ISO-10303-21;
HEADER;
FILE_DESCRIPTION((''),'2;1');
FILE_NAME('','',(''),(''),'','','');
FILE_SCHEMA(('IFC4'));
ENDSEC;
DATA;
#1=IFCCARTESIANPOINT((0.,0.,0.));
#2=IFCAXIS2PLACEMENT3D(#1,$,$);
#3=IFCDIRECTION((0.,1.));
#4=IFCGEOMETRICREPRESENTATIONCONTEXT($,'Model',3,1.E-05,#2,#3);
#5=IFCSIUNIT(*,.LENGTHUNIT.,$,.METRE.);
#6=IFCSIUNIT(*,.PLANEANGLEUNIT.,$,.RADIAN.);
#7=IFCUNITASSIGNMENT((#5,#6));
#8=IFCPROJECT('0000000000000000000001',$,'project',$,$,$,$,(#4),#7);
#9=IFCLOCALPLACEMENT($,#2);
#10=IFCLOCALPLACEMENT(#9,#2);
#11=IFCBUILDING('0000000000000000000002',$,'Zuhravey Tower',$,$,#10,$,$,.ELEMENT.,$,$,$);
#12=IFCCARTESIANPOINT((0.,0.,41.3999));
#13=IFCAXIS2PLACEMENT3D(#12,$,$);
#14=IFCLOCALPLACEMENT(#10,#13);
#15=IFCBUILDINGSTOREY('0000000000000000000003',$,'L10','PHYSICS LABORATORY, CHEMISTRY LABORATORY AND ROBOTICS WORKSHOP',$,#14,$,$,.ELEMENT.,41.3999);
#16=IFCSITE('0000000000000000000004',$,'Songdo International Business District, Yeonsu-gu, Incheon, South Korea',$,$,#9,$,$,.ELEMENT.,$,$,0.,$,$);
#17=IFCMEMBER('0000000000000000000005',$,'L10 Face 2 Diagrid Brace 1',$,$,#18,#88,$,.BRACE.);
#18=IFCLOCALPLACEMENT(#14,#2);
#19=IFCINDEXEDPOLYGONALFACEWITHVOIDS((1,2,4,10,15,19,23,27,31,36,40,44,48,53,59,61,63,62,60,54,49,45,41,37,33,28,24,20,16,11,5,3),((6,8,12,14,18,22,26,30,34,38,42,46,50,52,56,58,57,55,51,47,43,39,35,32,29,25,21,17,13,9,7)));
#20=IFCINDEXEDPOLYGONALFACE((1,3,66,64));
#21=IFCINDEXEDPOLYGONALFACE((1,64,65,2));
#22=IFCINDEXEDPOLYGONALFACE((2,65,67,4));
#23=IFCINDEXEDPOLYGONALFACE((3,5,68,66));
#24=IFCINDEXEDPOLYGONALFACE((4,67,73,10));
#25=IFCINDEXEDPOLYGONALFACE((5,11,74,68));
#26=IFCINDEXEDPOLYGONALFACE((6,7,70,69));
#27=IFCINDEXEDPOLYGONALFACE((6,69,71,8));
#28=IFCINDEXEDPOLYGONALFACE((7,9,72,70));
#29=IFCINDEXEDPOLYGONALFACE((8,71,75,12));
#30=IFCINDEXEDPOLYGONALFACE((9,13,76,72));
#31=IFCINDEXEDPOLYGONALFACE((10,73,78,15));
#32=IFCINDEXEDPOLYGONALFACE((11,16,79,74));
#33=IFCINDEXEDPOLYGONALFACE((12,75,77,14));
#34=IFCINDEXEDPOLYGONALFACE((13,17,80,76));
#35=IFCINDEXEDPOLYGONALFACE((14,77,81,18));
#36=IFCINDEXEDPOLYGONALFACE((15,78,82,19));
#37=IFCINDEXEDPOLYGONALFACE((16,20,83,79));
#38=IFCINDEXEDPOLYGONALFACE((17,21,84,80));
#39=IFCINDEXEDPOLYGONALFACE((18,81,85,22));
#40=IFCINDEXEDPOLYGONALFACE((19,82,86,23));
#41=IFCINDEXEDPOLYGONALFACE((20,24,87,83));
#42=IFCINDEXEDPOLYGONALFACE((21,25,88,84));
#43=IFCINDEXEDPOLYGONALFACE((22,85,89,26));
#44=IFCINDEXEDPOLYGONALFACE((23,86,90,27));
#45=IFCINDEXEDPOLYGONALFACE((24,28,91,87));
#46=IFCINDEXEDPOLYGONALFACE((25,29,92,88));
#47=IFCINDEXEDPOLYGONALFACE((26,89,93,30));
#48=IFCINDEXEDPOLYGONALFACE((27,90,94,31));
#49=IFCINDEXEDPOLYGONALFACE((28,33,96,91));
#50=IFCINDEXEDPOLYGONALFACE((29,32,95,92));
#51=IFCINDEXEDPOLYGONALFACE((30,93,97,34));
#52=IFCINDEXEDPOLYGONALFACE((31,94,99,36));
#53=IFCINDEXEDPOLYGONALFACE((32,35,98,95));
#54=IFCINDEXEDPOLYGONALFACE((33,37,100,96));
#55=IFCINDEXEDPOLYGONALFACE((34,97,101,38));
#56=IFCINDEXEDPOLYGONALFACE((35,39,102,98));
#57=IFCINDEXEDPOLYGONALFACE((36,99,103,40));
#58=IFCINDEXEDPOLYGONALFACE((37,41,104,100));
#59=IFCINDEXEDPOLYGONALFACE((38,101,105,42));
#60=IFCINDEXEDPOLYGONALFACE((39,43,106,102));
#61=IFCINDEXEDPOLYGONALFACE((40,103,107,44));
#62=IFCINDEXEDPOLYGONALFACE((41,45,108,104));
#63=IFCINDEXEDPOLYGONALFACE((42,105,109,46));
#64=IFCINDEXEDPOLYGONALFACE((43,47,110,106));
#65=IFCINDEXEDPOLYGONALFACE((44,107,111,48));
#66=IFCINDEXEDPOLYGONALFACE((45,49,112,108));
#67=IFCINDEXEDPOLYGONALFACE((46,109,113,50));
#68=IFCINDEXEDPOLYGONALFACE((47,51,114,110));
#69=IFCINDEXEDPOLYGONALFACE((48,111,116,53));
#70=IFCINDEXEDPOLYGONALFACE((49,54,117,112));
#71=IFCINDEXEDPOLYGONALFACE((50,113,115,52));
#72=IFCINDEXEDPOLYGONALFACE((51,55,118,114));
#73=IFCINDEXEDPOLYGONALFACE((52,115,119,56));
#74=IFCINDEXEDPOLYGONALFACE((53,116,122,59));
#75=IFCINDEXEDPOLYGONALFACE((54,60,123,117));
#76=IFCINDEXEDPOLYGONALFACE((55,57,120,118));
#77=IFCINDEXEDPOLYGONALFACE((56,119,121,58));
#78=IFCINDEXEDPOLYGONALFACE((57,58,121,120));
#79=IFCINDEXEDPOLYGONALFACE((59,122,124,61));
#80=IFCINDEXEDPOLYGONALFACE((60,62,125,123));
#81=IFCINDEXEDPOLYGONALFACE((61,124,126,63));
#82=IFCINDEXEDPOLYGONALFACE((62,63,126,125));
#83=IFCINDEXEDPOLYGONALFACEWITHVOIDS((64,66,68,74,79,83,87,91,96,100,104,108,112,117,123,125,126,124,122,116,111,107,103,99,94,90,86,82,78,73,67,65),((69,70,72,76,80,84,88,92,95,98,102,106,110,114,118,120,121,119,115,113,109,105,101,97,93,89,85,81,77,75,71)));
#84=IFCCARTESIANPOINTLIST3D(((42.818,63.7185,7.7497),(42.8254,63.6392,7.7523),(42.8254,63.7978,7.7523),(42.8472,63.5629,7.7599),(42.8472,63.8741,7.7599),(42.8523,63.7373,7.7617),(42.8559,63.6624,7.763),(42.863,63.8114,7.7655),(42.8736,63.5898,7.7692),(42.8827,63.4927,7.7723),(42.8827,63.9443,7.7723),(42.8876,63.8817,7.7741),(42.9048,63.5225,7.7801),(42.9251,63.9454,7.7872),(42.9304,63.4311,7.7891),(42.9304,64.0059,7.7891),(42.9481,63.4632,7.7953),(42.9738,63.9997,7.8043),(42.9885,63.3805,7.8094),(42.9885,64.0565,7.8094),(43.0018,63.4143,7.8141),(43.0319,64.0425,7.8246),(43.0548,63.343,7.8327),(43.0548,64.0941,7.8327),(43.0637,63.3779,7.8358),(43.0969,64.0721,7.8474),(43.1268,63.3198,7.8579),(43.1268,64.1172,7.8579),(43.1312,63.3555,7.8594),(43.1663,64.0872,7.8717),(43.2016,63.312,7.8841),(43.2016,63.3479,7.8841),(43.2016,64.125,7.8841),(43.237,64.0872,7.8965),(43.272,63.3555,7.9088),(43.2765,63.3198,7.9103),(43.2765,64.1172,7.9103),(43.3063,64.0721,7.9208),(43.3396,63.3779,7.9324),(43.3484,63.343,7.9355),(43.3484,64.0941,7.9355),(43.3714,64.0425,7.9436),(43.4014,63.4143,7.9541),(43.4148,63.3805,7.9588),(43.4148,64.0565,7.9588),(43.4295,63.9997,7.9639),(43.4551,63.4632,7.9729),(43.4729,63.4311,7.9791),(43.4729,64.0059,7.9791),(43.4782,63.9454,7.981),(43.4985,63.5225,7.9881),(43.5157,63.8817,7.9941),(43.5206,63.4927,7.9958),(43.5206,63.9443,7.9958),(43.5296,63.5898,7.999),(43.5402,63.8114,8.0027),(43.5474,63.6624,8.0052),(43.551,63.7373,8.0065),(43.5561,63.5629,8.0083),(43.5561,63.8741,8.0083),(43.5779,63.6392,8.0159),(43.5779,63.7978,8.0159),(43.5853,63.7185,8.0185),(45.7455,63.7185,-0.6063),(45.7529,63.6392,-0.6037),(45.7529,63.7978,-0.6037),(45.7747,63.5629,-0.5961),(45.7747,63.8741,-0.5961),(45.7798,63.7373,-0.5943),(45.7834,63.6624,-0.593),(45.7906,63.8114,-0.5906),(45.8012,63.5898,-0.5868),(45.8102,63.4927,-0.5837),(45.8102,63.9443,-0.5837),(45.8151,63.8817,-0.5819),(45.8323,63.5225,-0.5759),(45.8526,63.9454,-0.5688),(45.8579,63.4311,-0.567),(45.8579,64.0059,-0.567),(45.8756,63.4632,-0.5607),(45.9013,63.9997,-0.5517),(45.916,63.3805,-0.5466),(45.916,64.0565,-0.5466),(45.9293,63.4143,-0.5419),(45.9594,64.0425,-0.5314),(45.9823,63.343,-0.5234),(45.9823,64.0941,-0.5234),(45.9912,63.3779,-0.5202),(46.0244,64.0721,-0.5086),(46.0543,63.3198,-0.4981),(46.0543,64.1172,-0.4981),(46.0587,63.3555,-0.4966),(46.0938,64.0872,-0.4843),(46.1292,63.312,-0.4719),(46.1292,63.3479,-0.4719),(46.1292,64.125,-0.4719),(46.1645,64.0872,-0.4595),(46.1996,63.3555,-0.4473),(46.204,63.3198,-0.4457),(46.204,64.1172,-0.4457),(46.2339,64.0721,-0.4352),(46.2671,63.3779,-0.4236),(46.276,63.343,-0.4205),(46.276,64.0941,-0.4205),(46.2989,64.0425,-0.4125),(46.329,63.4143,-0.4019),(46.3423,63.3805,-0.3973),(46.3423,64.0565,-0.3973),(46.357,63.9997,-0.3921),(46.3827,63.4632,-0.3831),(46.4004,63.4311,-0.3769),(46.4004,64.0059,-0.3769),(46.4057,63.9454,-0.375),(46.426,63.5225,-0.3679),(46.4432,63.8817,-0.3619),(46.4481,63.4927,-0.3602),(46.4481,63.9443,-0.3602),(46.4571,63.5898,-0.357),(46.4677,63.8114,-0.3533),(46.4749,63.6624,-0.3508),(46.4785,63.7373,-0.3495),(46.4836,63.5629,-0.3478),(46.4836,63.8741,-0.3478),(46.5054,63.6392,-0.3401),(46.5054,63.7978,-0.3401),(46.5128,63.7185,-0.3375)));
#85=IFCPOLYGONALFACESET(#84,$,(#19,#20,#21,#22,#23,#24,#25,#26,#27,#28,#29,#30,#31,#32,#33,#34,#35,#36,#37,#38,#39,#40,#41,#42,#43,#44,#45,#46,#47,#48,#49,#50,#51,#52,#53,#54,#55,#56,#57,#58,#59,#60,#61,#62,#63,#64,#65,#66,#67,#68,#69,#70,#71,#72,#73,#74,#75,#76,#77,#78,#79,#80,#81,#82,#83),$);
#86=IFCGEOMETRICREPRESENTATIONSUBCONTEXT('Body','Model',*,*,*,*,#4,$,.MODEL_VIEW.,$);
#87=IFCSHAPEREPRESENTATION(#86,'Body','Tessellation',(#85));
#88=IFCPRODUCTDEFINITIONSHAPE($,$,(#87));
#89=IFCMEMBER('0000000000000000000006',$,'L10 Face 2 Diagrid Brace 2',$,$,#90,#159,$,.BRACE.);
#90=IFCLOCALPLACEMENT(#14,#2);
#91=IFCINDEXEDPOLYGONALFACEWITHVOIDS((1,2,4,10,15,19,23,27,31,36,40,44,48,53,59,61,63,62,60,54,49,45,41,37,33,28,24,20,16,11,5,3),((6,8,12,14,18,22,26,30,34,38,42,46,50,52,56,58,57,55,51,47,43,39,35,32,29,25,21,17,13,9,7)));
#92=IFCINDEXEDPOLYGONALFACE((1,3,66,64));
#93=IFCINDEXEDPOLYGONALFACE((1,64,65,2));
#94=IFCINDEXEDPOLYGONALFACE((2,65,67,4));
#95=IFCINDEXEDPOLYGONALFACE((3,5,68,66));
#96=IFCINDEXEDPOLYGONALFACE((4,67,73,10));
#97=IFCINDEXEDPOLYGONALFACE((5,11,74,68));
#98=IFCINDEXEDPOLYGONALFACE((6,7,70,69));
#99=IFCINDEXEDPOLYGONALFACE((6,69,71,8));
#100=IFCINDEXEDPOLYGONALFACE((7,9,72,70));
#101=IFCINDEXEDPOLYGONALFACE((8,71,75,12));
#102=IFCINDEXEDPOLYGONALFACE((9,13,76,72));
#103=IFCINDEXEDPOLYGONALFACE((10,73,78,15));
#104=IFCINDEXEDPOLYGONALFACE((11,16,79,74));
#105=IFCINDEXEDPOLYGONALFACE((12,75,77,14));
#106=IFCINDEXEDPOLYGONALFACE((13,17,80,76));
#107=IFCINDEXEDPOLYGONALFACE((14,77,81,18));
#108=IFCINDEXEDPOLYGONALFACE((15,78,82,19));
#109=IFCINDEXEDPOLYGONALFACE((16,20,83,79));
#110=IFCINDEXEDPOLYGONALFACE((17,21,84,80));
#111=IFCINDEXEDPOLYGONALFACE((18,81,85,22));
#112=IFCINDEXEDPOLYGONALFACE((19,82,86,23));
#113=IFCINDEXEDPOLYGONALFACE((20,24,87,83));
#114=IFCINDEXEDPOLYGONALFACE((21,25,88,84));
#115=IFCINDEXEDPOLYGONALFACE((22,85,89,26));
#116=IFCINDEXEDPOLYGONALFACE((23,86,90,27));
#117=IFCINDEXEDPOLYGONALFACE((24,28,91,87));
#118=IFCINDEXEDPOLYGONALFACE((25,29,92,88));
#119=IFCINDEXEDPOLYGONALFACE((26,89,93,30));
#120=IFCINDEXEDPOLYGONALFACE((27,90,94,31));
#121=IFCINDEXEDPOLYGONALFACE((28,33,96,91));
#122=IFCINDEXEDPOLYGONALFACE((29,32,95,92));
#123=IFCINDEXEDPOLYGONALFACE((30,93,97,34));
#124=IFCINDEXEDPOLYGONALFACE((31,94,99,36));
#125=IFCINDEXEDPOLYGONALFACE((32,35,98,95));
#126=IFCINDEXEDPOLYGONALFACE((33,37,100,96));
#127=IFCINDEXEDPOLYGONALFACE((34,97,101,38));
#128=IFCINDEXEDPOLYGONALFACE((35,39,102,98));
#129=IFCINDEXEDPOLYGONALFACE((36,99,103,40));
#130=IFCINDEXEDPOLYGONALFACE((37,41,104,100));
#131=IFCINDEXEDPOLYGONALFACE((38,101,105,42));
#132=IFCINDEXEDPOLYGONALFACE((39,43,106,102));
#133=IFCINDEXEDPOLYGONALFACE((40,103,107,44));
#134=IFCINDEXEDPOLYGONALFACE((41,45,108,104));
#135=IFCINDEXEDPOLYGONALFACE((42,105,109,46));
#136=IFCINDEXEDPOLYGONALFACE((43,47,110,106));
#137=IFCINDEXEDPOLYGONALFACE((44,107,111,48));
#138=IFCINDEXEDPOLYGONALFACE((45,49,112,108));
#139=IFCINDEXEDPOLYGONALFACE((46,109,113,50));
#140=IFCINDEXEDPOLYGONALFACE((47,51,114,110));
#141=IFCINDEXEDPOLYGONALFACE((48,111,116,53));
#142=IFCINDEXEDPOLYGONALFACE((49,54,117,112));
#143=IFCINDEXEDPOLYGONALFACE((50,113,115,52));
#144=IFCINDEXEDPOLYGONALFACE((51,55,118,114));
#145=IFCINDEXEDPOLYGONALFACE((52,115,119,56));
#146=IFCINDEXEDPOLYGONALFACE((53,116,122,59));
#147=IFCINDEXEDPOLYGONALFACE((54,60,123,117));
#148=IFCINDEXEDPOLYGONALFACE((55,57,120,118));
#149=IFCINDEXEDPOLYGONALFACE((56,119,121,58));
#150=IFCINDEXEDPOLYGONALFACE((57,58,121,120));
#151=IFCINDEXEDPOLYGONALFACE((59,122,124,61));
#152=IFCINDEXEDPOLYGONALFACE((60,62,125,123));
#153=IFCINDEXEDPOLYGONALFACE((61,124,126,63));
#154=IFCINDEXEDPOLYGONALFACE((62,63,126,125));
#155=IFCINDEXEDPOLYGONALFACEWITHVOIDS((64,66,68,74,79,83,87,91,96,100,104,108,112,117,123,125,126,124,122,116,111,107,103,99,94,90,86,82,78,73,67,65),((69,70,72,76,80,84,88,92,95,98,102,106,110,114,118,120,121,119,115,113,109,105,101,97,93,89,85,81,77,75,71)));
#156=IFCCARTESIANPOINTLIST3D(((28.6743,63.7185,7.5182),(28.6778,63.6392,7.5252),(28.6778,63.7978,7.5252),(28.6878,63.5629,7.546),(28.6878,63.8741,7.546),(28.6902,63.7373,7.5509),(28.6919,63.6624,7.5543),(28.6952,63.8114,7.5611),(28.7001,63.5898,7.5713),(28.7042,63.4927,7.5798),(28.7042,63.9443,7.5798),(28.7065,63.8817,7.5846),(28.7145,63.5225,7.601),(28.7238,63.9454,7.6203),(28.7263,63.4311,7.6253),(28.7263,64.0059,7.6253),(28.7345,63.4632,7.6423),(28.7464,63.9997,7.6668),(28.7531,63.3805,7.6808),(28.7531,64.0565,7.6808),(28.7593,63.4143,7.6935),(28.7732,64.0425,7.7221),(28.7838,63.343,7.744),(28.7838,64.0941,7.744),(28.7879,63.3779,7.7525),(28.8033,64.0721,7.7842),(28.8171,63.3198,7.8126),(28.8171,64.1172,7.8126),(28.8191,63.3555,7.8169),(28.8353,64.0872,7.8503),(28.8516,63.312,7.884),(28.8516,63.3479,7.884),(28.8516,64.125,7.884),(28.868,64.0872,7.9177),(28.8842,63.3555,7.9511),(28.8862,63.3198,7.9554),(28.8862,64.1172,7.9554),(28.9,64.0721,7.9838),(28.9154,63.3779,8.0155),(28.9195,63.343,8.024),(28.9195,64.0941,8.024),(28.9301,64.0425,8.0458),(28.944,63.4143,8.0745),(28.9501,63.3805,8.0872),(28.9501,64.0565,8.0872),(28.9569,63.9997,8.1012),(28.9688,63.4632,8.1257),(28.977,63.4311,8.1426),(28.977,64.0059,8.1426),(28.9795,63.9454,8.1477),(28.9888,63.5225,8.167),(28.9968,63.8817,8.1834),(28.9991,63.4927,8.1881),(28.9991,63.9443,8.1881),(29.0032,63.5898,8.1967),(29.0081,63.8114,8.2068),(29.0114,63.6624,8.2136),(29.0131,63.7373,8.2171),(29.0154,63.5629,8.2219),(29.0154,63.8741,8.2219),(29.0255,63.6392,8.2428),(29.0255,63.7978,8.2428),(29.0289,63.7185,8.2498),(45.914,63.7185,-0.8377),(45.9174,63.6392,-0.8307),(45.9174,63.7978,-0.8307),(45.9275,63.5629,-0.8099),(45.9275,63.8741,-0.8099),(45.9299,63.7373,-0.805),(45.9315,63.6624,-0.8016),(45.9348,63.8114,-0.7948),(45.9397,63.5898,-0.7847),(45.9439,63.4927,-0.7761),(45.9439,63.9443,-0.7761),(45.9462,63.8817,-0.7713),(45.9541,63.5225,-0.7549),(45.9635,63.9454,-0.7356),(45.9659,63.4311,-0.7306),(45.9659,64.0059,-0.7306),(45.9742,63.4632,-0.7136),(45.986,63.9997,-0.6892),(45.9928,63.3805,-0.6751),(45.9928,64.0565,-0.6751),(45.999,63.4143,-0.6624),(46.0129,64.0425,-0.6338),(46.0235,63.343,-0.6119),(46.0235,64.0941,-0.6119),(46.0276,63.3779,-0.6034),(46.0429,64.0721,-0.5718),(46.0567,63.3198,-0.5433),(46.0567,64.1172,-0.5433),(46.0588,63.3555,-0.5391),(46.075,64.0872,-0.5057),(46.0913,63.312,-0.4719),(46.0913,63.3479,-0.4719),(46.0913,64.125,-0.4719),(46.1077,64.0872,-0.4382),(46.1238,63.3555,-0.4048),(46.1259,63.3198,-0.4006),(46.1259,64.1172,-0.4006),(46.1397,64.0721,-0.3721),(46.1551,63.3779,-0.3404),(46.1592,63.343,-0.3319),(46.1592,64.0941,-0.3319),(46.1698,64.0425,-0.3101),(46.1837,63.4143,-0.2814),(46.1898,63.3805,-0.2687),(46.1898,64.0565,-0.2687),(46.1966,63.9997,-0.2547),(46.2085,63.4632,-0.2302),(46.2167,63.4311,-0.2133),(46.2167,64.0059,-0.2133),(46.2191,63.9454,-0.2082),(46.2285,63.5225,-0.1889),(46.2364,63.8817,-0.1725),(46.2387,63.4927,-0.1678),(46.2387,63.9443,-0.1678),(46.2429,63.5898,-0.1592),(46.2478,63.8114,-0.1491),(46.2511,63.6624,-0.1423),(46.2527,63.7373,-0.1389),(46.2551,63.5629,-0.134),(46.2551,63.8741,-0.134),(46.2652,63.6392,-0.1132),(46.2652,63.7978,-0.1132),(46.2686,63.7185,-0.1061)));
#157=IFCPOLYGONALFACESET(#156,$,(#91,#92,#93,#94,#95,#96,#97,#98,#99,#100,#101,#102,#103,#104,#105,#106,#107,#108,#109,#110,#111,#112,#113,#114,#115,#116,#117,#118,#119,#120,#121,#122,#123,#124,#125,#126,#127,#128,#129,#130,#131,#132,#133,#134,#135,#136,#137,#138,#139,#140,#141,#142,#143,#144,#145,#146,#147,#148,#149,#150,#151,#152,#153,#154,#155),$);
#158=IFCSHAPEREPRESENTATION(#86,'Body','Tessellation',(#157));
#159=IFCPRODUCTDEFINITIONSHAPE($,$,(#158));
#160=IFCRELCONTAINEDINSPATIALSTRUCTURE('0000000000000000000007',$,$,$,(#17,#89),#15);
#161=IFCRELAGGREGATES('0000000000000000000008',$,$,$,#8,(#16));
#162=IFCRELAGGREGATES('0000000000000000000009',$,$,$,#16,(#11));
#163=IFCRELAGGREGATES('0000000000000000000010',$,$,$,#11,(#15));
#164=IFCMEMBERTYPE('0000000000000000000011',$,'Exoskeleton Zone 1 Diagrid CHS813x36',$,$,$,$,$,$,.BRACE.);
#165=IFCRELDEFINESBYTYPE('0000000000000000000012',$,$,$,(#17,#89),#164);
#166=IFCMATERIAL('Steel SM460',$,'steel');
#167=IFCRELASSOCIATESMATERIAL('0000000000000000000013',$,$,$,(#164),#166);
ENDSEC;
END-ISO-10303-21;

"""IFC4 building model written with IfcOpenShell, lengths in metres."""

from ifc_helpers import new_model, si_unit, direction, frame, origin, origin_2d, place, context, subcontext, project, spatial, hollow_circle, extrude, material, material_profile, profile_set, type_object, element, save


model = new_model("IFC4")

# Units and contexts
model_context = context("Model", 3, precision=1e-05, world=origin(), true_north=direction((0.0, 1.0)))
body_context = subcontext(model_context, "Body", "Model", "MODEL_VIEW")
ifc_project = project(units=[si_unit("LENGTHUNIT", "METRE"), si_unit("PLANEANGLEUNIT", "RADIAN")], contexts=[model_context])

# Site, building, storey
site_placement = place(None, origin())
site = spatial("IfcSite", under=ifc_project, at=site_placement, Name="Songdo International Business District, Yeonsu-gu, Incheon, South Korea", CompositionType="ELEMENT", RefElevation=0.0)
building_placement = place(site_placement, origin())
building = spatial("IfcBuilding", under=site, at=building_placement, Name="Zuhravey Tower", CompositionType="ELEMENT")
storey_placement = place(building_placement, frame((0.0, 0.0, 41.3999)))
storey = spatial("IfcBuildingStorey", under=building, at=storey_placement, Name="L10", Description="PHYSICS LABORATORY, CHEMISTRY LABORATORY AND ROBOTICS WORKSHOP", CompositionType="ELEMENT", Elevation=41.3999)

# Members
ifc_material_1 = material(Name="Steel SM460", Category="steel")
ifc_material_profile_1 = material_profile(ifc_material_1, hollow_circle(Radius=0.4065, WallThickness=0.0359, at=origin_2d()), Name="CHS-812.8x36")
ifc_profile_set_1 = profile_set([ifc_material_profile_1], Name="Steel SM460")
member_type_1 = type_object("IfcMemberType", Name="Exoskeleton Zone 1 Diagrid CHS813x36", PredefinedType="BRACE", material=ifc_profile_set_1)
member_1_placement = place(storey_placement, frame((46.1292, 63.7185, -0.4719), z_axis=(-0.330643, 0.0, 0.943756), x_axis=(0.0, -1.0, 0.0)))
element("IfcMember", 1, at=member_1_placement, inside=storey, type_object=member_type_1, Name="L10 Face 2 Diagrid Brace 1", PredefinedType="BRACE", context=body_context, shape_type="SweptSolid", body=[
    extrude(hollow_circle(Radius=0.4065, WallThickness=0.0359, at=origin_2d()), origin(), (0.0, 0.0, 1.0), 8.854),
])
member_2_placement = place(storey_placement, frame((46.0913, 63.7185, -0.4719), z_axis=(-0.89987, 0.0, 0.436159), x_axis=(0.0, -1.0, 0.0)))
element("IfcMember", 2, at=member_2_placement, inside=storey, type_object=member_type_1, Name="L10 Face 2 Diagrid Brace 2", PredefinedType="BRACE", context=body_context, shape_type="SweptSolid", body=[
    extrude(hollow_circle(Radius=0.4065, WallThickness=0.0359, at=origin_2d()), origin(), (0.0, 0.0, 1.0), 19.158),
])

save(model, "model.ifc")
